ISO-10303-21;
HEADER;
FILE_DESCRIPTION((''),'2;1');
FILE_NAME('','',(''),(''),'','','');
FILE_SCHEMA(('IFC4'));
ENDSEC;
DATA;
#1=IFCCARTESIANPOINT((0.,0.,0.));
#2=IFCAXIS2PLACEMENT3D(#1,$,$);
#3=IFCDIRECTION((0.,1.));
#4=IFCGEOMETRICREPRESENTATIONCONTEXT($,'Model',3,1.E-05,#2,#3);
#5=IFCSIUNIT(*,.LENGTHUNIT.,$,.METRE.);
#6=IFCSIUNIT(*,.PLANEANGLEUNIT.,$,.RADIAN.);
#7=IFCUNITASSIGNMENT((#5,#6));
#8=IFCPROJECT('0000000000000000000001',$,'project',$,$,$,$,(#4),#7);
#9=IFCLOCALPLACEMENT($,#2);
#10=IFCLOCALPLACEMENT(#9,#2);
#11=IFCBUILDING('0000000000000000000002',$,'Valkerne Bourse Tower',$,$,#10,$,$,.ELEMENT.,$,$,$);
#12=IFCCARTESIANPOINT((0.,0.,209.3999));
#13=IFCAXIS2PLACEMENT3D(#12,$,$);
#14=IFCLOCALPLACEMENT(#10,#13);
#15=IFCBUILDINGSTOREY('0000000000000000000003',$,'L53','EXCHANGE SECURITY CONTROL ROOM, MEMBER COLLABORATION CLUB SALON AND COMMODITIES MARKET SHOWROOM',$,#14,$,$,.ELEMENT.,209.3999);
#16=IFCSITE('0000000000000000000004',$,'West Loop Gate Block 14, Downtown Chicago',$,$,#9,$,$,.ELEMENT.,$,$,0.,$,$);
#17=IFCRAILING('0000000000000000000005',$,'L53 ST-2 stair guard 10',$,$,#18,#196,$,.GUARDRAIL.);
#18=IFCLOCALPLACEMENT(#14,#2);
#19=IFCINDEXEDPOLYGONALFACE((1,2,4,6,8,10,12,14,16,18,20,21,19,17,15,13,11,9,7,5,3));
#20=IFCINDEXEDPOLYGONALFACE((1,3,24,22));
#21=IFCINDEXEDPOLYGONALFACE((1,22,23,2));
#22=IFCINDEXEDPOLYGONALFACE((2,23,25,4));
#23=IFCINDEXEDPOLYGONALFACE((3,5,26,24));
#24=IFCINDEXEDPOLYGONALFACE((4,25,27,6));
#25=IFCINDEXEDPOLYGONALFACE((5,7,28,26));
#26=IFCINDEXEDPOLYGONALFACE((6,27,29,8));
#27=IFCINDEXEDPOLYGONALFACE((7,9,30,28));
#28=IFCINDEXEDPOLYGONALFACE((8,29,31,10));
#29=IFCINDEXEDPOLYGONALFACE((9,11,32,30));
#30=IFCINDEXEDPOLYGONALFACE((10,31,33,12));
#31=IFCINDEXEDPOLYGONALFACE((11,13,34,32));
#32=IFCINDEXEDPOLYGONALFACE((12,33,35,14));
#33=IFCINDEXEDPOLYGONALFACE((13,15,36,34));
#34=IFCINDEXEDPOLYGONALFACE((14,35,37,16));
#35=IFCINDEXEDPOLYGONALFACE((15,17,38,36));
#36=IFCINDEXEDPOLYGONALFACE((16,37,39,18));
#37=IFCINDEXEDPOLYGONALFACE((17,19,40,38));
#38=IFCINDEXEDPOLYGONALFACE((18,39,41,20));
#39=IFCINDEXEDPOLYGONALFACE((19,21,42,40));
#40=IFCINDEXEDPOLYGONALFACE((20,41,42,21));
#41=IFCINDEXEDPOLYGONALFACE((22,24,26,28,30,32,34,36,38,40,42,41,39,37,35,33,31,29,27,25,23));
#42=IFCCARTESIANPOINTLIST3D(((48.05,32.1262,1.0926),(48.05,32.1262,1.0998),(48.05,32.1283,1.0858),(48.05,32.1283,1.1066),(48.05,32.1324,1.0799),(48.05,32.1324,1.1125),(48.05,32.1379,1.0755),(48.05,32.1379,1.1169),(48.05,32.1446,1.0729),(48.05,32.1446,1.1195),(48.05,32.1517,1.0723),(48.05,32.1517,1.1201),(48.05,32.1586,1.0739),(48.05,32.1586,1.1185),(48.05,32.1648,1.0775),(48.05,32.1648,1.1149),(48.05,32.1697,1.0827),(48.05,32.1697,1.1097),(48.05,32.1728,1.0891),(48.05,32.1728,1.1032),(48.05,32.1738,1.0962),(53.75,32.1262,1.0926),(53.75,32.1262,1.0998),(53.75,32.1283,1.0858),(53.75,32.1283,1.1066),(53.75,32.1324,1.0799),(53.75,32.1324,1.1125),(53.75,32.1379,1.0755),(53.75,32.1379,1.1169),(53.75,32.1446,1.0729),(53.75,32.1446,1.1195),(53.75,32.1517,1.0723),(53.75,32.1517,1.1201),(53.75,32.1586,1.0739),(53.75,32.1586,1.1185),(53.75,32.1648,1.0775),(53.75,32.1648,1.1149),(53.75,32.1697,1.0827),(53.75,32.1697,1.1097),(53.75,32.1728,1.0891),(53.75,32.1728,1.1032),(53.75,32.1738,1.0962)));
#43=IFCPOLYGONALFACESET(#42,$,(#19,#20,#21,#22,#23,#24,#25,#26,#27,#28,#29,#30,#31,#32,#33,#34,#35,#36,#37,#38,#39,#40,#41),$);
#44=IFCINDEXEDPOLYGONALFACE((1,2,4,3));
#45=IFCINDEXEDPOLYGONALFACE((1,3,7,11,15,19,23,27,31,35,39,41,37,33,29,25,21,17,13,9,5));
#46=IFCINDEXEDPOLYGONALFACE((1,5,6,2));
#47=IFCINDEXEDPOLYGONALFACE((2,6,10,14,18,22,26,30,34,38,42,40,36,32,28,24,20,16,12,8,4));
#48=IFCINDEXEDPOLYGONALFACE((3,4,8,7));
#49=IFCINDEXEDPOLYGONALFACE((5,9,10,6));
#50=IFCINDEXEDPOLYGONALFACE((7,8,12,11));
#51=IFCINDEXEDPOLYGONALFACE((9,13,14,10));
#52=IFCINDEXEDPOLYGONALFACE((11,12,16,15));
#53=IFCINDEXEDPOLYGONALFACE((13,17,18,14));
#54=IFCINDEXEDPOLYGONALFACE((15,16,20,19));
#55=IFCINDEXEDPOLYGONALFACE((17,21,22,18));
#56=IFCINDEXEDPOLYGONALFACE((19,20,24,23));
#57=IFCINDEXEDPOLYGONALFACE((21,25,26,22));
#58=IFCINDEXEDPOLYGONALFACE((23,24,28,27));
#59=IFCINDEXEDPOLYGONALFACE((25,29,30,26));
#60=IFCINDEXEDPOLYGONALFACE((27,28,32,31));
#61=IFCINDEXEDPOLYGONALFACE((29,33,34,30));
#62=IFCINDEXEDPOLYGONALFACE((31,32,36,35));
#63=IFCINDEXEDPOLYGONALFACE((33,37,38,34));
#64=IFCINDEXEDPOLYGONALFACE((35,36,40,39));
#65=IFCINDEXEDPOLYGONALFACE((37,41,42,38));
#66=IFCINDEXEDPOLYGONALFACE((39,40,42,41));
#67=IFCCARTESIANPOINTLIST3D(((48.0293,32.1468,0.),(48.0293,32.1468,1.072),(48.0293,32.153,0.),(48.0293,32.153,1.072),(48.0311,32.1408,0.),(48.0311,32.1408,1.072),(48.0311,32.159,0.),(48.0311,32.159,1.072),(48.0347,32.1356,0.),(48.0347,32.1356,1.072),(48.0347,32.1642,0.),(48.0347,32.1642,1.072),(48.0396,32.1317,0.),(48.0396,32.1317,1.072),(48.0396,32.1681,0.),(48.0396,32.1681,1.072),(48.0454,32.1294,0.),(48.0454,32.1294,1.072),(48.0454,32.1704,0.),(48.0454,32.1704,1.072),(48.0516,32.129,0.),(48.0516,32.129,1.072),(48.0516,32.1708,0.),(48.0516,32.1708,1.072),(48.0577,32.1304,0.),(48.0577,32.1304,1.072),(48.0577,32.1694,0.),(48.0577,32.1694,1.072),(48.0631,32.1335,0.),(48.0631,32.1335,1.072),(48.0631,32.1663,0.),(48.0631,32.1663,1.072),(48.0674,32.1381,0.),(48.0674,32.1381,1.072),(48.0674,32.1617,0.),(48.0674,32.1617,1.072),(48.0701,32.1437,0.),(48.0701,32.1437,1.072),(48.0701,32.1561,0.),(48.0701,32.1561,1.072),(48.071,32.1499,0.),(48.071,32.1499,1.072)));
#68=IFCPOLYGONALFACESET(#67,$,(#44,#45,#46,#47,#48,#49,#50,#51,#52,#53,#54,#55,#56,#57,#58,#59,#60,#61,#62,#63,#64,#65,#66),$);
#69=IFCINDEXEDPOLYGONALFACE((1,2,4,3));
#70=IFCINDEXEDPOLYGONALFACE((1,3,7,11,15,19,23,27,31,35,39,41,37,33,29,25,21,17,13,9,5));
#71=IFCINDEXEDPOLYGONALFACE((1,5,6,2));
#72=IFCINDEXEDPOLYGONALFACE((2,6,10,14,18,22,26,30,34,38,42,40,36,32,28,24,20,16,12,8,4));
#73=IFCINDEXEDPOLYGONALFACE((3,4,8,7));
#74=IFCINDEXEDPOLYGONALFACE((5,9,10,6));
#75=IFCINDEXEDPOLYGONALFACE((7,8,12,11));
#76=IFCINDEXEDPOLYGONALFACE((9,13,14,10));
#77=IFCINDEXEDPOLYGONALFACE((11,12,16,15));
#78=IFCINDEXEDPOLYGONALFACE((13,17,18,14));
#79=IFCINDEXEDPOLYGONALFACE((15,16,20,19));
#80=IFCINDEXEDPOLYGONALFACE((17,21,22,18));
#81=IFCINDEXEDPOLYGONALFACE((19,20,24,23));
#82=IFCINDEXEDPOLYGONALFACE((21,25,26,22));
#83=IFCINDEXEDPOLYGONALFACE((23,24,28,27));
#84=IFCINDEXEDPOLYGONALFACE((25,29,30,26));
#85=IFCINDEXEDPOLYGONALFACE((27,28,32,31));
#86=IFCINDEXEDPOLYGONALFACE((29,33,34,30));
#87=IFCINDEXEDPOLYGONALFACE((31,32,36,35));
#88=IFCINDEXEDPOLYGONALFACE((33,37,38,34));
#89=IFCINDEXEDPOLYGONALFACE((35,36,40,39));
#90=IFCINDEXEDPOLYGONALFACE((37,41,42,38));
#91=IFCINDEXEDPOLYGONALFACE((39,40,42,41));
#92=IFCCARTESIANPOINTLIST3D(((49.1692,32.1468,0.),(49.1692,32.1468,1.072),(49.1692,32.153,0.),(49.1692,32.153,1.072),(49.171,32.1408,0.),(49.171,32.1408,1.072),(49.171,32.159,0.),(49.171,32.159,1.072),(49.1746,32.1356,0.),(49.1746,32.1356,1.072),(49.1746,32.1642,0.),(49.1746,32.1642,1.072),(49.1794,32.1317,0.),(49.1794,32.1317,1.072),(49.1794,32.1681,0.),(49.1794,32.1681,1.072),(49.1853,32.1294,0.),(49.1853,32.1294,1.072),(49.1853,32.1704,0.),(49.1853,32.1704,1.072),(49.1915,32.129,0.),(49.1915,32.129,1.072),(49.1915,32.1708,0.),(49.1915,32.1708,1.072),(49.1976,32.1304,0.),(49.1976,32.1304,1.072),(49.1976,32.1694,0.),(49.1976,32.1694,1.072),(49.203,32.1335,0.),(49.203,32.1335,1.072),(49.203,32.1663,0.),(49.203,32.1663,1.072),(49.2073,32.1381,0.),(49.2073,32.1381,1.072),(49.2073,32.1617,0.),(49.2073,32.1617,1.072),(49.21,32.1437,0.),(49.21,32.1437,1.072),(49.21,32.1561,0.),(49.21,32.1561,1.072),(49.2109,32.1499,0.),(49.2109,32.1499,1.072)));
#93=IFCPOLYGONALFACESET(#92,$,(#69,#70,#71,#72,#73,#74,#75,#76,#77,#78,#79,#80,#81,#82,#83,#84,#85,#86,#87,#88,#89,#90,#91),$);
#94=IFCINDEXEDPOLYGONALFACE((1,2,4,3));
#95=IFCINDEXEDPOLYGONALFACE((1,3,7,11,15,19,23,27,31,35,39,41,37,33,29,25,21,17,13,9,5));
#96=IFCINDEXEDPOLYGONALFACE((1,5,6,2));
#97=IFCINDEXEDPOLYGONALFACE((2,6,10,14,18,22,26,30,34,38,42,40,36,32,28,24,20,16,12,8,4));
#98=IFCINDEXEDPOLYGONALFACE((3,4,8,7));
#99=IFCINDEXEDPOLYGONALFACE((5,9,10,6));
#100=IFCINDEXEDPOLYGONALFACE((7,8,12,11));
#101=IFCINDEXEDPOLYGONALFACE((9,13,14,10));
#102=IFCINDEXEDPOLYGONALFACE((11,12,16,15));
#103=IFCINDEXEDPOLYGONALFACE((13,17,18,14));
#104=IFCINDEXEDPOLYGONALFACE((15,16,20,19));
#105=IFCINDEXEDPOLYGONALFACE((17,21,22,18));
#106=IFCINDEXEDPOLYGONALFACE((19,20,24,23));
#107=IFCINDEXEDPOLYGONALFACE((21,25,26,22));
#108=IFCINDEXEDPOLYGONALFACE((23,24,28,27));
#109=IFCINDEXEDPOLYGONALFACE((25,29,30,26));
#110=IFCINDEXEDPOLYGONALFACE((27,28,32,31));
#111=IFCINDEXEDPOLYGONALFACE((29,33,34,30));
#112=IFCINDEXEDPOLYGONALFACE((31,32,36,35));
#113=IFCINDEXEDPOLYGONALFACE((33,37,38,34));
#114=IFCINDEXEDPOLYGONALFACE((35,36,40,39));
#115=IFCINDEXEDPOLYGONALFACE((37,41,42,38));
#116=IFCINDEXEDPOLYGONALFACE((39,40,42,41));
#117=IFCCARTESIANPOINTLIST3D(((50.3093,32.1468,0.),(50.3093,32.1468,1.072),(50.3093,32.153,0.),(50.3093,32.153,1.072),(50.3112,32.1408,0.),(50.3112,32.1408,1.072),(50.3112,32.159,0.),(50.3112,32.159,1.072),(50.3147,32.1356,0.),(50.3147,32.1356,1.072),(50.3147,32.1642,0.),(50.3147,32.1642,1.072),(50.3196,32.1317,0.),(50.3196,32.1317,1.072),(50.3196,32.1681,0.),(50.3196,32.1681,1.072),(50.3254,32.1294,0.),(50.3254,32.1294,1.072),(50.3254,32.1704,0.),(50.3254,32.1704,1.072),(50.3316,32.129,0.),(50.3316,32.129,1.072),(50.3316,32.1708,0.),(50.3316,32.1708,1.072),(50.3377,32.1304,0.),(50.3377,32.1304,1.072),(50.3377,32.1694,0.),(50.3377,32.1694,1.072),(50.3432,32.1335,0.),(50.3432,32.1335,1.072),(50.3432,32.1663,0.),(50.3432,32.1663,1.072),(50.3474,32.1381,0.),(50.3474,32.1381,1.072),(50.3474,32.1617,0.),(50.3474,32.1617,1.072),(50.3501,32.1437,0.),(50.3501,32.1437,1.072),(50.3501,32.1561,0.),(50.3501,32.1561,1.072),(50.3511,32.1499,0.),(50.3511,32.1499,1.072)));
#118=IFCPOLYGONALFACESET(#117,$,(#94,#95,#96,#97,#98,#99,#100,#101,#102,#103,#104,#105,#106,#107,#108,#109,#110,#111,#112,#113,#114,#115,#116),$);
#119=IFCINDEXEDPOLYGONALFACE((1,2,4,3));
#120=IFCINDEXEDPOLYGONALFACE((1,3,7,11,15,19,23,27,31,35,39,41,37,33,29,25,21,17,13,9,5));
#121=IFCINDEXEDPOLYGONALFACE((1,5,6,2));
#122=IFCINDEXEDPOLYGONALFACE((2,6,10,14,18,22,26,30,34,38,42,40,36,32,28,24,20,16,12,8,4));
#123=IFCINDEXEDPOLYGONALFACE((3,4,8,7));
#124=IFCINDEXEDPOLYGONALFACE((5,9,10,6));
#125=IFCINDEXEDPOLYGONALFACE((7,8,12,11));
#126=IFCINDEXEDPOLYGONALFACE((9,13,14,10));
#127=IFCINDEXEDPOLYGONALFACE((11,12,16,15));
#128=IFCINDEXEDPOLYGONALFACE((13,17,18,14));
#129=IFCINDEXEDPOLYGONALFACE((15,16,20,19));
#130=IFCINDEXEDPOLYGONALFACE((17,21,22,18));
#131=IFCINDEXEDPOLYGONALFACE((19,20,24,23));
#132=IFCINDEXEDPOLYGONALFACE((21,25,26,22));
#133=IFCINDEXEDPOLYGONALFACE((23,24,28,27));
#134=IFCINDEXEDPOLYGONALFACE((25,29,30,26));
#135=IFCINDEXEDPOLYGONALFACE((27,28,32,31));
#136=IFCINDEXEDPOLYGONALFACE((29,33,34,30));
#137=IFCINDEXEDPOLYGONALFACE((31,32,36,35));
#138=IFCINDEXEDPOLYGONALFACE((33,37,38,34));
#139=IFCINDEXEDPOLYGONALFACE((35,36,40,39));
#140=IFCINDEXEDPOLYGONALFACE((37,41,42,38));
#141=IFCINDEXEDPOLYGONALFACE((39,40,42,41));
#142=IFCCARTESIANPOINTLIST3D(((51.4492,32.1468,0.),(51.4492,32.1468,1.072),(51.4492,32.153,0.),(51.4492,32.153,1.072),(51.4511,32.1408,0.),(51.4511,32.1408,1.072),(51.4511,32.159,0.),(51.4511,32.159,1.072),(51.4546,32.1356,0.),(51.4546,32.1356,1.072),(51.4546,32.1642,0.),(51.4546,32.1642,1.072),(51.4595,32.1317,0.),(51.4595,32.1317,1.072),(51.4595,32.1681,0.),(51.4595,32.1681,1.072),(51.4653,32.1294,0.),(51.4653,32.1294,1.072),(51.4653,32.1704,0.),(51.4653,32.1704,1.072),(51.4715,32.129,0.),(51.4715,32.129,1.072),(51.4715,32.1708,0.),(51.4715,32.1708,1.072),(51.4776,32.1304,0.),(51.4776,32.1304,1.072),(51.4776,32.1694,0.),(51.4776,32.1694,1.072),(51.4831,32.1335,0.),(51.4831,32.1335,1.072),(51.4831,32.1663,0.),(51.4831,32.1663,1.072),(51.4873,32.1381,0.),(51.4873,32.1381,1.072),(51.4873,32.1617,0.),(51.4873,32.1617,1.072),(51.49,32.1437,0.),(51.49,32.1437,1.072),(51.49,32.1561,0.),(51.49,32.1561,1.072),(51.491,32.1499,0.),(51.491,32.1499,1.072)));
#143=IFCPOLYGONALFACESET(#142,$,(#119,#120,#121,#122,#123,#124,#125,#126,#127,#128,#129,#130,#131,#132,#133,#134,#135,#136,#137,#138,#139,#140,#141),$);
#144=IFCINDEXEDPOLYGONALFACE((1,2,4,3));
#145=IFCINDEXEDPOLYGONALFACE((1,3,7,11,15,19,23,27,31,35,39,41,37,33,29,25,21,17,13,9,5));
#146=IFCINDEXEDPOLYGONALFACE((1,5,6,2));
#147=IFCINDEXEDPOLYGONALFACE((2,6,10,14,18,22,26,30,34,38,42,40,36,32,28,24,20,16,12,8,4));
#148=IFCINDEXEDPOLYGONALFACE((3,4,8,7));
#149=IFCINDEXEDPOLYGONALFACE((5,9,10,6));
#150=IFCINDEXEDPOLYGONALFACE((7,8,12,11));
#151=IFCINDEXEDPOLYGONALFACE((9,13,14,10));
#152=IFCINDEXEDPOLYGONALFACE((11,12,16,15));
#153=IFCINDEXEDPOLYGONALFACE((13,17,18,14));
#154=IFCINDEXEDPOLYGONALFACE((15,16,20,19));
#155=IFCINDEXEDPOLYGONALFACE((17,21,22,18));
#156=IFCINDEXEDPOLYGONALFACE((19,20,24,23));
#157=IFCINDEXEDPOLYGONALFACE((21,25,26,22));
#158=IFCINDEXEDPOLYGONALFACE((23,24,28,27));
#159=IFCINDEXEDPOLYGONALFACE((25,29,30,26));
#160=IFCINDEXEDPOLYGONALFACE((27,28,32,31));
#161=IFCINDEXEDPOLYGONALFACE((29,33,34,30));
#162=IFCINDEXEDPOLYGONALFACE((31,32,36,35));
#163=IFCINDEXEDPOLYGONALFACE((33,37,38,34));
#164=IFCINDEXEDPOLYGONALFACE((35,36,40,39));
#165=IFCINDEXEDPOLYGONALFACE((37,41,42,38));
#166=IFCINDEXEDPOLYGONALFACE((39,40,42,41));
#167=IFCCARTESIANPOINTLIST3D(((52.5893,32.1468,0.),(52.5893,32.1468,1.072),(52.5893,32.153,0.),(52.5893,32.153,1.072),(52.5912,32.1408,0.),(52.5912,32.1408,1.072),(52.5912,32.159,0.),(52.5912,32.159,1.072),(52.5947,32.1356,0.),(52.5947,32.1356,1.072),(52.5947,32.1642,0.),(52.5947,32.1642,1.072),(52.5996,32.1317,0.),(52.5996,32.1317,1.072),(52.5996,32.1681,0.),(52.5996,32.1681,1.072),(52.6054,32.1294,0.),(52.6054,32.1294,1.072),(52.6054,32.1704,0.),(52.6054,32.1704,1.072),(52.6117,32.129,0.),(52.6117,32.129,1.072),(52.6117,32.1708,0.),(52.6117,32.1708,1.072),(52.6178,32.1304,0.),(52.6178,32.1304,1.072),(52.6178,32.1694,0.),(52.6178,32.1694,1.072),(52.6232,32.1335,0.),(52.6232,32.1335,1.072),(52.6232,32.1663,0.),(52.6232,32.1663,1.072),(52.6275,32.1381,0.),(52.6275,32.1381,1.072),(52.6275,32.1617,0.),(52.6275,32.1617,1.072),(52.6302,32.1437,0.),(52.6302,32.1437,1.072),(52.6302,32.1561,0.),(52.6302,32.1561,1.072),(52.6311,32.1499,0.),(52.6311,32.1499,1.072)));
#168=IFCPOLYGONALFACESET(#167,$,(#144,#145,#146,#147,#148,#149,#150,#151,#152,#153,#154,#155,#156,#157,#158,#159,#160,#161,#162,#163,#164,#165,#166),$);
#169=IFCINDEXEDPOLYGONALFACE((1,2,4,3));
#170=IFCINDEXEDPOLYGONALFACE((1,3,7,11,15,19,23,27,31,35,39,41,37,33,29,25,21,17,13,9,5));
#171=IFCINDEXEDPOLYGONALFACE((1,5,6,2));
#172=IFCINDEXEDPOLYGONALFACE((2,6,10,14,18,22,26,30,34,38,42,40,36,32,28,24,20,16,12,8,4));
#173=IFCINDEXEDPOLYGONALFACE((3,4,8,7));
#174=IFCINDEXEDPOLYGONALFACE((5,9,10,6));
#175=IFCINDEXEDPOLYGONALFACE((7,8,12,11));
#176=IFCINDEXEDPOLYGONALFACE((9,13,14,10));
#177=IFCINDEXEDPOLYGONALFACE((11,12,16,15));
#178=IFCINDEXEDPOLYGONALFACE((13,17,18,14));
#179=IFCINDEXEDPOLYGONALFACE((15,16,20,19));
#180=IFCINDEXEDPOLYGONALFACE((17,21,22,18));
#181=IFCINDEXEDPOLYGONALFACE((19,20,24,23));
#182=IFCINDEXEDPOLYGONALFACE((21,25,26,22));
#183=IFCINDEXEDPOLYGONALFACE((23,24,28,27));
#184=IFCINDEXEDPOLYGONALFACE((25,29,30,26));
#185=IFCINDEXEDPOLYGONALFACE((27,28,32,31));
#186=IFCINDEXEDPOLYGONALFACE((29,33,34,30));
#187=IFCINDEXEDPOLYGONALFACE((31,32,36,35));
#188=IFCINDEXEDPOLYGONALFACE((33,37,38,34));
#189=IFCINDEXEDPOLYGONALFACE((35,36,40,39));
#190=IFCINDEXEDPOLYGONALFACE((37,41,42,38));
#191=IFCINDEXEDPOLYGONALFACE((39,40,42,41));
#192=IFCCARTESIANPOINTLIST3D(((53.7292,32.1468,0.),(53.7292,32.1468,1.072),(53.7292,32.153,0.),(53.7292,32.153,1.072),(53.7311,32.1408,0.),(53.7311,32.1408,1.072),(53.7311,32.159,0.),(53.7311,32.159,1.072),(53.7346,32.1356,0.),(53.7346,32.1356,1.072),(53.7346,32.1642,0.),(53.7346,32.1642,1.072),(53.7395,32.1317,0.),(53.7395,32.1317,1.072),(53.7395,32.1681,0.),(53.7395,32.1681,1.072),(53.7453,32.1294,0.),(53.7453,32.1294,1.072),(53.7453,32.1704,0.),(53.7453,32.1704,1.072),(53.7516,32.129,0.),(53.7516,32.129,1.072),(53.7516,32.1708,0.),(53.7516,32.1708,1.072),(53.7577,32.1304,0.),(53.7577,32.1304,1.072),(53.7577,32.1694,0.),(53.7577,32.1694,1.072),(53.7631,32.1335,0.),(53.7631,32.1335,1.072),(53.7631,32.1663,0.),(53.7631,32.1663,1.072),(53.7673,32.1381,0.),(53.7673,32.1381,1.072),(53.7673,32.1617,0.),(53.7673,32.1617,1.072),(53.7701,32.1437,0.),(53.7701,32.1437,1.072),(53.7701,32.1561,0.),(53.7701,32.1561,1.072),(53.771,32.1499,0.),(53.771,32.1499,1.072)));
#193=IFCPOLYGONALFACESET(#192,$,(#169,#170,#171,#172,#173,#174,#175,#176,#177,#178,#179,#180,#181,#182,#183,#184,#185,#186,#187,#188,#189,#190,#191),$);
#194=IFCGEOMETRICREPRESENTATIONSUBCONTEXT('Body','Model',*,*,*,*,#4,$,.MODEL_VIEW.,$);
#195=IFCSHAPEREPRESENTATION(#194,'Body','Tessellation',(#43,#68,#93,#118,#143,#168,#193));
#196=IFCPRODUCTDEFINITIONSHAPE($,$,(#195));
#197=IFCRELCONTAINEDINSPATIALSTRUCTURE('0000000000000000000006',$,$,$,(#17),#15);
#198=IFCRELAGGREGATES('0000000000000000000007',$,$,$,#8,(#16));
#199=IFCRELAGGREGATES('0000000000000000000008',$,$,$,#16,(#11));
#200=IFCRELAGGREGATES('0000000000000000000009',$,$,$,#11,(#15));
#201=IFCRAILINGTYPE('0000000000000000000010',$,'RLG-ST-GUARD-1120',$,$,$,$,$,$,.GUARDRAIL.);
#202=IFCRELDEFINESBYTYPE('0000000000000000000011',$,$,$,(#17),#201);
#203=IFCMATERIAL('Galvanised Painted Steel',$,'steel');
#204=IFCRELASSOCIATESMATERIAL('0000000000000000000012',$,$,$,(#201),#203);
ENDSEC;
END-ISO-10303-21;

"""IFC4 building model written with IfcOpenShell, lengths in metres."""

from ifc_helpers import new_model, si_unit, direction, frame, origin, origin_2d, place, context, subcontext, project, spatial, circle, extrude, material, type_object, element, save


model = new_model("IFC4")

# Units and contexts
model_context = context("Model", 3, precision=1e-05, world=origin(), true_north=direction((0.0, 1.0)))
body_context = subcontext(model_context, "Body", "Model", "MODEL_VIEW")
ifc_project = project(units=[si_unit("LENGTHUNIT", "METRE"), si_unit("PLANEANGLEUNIT", "RADIAN")], contexts=[model_context])

# Site, building, storey
site_placement = place(None, origin())
site = spatial("IfcSite", under=ifc_project, at=site_placement, Name="West Loop Gate Block 14, Downtown Chicago", CompositionType="ELEMENT", RefElevation=0.0)
building_placement = place(site_placement, origin())
building = spatial("IfcBuilding", under=site, at=building_placement, Name="Valkerne Bourse Tower", CompositionType="ELEMENT")
storey_placement = place(building_placement, frame((0.0, 0.0, 209.3999)))
storey = spatial("IfcBuildingStorey", under=building, at=storey_placement, Name="L53", Description="EXCHANGE SECURITY CONTROL ROOM, MEMBER COLLABORATION CLUB SALON AND COMMODITIES MARKET SHOWROOM", CompositionType="ELEMENT", Elevation=209.3999)

# Shared definitions
ifc_material_1 = material(Name="Galvanised Painted Steel", Category="steel")

# Railing
railing_type_1 = type_object("IfcRailingType", Name="RLG-ST-GUARD-1120", PredefinedType="GUARDRAIL", material=ifc_material_1)
for number, where, name in (
    (1, (48.05, 32.1499, 0.0), "L53 ST-2 stair guard 10"),
):
    element("IfcRailing", number, at=place(storey_placement, frame(where)), inside=storey, type_object=railing_type_1, Name=name, PredefinedType="GUARDRAIL", context=body_context, shape_type="SweptSolid", body=[
        extrude(circle(Radius=0.0239, at=origin_2d()), frame((0.0, 0.0, 1.0962), z_axis=(1.0, 0.0, 0.0), x_axis=(0.0, 1.0, 0.0)), (0.0, 0.0, 1.0), 5.7),
        extrude(circle(Radius=0.021, at=origin_2d()), origin(), (0.0, 0.0, 1.0), 1.072),
        extrude(circle(Radius=0.021, at=origin_2d()), frame((1.1399, 0.0, 0.0)), (0.0, 0.0, 1.0), 1.072),
        extrude(circle(Radius=0.021, at=origin_2d()), frame((2.28, 0.0, 0.0)), (0.0, 0.0, 1.0), 1.072),
        extrude(circle(Radius=0.021, at=origin_2d()), frame((3.4199, 0.0, 0.0)), (0.0, 0.0, 1.0), 1.072),
        extrude(circle(Radius=0.021, at=origin_2d()), frame((4.5601, 0.0, 0.0)), (0.0, 0.0, 1.0), 1.072),
        extrude(circle(Radius=0.021, at=origin_2d()), frame((5.7, 0.0, 0.0)), (0.0, 0.0, 1.0), 1.072),
    ])

save(model, "model.ifc")
